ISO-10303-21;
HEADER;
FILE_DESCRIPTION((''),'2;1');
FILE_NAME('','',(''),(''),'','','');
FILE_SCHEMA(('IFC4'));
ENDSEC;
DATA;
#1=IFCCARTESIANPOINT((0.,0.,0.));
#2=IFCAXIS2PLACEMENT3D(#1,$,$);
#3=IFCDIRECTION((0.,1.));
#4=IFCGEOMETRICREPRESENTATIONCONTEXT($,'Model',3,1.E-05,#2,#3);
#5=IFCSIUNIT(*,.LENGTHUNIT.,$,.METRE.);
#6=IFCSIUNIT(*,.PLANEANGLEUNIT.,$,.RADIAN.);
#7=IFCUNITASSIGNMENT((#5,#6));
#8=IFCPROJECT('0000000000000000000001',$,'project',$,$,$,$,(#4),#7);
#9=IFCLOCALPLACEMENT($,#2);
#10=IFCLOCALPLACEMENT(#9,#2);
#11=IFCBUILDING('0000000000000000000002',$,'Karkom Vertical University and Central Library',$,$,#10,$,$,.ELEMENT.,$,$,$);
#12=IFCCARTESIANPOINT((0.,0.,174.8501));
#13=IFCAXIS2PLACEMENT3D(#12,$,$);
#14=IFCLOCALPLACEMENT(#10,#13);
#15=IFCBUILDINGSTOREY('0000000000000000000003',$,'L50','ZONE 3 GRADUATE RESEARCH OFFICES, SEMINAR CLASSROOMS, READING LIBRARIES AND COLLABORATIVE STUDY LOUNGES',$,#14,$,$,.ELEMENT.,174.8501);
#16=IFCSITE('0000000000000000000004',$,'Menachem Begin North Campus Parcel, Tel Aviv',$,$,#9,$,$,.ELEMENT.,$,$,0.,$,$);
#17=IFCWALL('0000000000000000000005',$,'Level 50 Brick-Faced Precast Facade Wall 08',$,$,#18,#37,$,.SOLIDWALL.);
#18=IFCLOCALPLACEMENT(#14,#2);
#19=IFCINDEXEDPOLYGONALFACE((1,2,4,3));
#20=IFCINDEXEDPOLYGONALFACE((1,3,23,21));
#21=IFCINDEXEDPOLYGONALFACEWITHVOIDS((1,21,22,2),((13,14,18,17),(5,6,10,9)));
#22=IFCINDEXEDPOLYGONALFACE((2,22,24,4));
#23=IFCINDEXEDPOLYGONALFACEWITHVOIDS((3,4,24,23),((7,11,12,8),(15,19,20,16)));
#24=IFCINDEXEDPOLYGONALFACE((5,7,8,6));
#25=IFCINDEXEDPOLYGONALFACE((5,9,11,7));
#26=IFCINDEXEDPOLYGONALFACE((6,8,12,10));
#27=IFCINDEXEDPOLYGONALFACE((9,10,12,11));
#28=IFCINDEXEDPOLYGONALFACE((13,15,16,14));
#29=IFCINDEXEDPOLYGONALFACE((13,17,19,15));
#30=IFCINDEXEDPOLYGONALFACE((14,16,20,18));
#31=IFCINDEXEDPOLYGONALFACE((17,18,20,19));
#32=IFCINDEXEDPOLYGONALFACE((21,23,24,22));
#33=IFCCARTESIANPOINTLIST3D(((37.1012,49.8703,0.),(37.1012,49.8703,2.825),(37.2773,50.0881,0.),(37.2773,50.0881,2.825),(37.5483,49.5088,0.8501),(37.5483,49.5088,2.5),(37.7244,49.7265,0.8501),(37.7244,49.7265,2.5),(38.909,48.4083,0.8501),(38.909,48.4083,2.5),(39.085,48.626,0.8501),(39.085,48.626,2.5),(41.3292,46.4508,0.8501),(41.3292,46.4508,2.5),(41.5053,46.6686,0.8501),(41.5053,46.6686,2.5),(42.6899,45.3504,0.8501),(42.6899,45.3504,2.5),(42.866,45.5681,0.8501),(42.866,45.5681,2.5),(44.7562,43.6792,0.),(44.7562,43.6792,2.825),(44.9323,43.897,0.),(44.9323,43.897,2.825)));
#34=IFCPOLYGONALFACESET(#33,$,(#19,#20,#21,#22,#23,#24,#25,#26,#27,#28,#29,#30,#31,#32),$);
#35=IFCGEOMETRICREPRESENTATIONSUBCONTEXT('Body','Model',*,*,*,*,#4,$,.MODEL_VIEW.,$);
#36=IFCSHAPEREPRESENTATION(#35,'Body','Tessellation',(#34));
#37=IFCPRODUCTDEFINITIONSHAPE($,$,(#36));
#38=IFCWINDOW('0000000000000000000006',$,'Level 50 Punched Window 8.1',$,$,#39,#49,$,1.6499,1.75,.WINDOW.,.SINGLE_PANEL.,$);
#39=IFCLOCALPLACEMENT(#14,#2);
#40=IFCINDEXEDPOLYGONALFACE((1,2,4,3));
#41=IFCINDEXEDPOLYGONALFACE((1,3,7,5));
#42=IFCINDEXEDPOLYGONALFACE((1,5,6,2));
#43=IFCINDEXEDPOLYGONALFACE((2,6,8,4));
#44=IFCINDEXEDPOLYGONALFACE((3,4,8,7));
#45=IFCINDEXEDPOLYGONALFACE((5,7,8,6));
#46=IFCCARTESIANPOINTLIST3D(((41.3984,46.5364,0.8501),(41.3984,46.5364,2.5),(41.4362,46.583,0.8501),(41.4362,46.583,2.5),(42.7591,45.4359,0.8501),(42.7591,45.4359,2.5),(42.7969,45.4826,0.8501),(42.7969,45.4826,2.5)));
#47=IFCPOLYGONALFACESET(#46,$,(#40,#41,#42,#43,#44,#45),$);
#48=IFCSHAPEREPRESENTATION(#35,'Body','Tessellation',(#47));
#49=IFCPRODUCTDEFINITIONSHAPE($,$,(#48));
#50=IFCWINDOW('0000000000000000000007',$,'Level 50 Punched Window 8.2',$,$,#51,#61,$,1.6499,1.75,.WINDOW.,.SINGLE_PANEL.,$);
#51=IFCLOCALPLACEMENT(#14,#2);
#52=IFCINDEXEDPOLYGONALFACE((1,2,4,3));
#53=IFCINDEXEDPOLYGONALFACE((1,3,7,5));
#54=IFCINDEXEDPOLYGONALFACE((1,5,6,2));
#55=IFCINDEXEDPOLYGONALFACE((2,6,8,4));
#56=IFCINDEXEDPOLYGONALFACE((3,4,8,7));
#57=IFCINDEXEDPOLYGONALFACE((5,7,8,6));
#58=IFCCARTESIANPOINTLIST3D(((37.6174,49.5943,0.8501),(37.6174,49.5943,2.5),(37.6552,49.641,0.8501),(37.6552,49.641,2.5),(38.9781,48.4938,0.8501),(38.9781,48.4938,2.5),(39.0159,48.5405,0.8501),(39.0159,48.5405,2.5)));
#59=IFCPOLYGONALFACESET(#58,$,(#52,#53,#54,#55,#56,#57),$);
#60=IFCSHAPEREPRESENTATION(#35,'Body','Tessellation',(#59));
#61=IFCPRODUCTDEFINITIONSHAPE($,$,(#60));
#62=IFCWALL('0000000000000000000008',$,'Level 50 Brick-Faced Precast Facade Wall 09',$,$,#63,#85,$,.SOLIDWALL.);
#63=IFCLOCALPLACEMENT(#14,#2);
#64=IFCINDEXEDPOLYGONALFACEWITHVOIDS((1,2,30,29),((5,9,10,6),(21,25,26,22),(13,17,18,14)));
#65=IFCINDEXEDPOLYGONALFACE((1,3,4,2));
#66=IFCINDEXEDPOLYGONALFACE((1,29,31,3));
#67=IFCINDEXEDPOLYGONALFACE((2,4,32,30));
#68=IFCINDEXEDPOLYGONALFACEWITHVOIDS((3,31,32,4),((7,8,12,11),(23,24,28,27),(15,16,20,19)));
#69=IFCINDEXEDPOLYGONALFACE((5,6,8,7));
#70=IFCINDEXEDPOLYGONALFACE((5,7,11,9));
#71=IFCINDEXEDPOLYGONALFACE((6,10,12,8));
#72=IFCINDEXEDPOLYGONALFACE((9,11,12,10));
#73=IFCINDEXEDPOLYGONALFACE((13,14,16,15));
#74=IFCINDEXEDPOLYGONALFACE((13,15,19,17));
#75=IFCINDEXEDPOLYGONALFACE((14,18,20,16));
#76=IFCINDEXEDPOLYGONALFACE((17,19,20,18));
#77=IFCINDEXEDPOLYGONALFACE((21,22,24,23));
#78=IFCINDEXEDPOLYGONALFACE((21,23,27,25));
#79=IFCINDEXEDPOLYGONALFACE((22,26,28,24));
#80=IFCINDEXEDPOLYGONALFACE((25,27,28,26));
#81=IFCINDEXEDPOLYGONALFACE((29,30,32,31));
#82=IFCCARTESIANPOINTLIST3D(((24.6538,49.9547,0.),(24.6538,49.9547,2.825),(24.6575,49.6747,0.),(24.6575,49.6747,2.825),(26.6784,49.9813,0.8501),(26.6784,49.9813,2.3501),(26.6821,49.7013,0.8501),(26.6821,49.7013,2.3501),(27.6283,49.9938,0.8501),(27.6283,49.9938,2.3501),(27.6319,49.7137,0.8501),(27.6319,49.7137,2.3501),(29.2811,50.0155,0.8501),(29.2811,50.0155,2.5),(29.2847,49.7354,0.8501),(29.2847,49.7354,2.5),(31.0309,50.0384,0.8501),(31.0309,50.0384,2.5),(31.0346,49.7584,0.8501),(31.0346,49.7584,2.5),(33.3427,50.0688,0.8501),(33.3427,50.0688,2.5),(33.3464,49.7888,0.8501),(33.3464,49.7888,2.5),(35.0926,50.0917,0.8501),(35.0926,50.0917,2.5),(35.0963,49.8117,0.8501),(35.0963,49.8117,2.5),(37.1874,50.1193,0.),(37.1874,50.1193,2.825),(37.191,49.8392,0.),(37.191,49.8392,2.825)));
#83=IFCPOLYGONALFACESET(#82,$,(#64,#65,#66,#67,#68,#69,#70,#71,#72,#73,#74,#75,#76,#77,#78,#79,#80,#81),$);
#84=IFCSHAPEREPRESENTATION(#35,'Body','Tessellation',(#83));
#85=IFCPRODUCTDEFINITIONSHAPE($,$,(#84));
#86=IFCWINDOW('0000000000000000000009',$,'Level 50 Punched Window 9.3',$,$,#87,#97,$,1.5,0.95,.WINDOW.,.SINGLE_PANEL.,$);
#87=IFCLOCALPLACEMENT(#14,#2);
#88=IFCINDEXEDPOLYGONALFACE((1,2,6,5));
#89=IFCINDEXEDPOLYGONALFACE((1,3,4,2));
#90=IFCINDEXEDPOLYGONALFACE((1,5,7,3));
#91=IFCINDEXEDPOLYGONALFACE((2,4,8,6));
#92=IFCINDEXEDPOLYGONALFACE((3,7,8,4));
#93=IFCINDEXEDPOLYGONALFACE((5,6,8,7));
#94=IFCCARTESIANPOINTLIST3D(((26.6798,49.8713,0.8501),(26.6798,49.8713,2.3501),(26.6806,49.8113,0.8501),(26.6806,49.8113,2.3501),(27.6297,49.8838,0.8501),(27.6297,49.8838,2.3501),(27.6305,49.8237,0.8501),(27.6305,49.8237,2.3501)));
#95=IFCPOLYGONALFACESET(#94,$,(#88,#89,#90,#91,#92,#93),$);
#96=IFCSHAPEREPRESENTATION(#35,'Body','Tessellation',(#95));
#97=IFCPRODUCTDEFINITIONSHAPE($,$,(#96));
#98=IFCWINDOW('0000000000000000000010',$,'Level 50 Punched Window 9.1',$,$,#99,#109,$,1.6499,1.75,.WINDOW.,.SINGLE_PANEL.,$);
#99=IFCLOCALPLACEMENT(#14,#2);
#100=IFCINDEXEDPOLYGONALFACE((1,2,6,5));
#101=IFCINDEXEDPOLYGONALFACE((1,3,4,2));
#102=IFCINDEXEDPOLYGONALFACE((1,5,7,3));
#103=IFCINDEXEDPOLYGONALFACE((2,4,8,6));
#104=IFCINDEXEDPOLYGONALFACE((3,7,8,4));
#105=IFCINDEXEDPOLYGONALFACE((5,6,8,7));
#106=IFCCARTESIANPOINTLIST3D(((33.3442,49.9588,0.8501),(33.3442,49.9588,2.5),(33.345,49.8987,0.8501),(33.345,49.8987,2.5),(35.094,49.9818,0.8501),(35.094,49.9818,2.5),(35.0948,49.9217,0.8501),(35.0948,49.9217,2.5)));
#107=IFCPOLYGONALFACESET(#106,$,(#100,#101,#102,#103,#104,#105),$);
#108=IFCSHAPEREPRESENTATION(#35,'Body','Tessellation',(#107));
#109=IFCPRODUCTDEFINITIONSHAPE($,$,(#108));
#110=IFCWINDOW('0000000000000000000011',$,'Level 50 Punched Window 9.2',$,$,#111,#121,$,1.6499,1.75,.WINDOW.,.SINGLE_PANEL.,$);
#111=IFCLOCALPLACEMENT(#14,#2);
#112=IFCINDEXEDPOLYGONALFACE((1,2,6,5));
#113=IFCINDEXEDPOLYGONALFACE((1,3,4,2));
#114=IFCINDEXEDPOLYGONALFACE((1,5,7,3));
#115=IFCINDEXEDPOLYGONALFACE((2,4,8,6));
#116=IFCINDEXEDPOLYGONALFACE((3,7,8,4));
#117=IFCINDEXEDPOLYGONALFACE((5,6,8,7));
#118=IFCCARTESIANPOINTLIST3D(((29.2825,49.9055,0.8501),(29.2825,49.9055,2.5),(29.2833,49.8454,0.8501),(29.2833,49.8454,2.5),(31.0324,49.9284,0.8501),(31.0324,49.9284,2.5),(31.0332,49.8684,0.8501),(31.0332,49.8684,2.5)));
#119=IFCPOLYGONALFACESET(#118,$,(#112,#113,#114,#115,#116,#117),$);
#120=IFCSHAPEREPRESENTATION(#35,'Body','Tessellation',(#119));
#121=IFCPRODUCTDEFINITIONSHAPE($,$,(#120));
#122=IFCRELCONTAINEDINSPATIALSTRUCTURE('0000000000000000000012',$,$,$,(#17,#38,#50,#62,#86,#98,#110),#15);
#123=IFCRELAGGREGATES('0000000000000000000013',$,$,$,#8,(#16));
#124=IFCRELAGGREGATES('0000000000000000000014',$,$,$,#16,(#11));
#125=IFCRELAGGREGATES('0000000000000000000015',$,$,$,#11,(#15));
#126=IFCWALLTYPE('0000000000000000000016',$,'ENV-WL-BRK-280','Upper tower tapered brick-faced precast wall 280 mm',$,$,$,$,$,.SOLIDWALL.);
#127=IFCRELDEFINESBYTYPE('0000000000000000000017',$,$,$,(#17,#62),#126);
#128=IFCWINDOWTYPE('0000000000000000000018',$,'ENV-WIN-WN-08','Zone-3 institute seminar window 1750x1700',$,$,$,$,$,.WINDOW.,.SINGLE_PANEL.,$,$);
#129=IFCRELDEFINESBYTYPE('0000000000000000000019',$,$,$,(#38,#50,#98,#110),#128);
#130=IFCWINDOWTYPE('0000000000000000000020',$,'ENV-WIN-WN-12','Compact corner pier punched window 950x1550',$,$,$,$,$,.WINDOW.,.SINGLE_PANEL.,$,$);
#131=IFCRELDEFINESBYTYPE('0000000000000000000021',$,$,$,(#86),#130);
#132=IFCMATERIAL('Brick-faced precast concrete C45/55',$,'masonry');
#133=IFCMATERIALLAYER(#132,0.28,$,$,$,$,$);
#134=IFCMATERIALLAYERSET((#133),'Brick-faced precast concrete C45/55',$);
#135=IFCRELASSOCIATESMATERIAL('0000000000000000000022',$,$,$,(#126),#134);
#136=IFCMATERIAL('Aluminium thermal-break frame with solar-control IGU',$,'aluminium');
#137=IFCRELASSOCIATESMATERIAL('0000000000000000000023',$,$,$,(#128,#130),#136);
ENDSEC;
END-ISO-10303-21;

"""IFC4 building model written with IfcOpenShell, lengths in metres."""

from ifc_helpers import new_model, si_unit, direction, frame, frame_2d, origin, origin_with_axes, place, context, subcontext, project, spatial, rectangle, extrude, source, transform, mapped, material, layer, layer_set, type_object, element, fill, save


model = new_model("IFC4")

# Units and contexts
model_context = context("Model", 3, precision=1e-05, world=origin(), true_north=direction((0.0, 1.0)))
body_context = subcontext(model_context, "Body", "Model", "MODEL_VIEW")
ifc_project = project(units=[si_unit("LENGTHUNIT", "METRE"), si_unit("PLANEANGLEUNIT", "RADIAN")], contexts=[model_context])

# Site, building, storey
site_placement = place(None, origin())
site = spatial("IfcSite", under=ifc_project, at=site_placement, Name="Menachem Begin North Campus Parcel, Tel Aviv", CompositionType="ELEMENT", RefElevation=0.0)
building_placement = place(site_placement, origin())
building = spatial("IfcBuilding", under=site, at=building_placement, Name="Karkom Vertical University and Central Library", CompositionType="ELEMENT")
storey_placement = place(building_placement, frame((0.0, 0.0, 174.8501)))
storey = spatial("IfcBuildingStorey", under=building, at=storey_placement, Name="L50", Description="ZONE 3 GRADUATE RESEARCH OFFICES, SEMINAR CLASSROOMS, READING LIBRARIES AND COLLABORATIVE STUDY LOUNGES", CompositionType="ELEMENT", Elevation=174.8501)

# Walls, openings, windows
ifc_material_1 = material(Name="Brick-faced precast concrete C45/55", Category="masonry")
ifc_layer_1 = layer(ifc_material_1, 0.28)
ifc_layer_set_1 = layer_set([ifc_layer_1], Name="Brick-faced precast concrete C45/55")
wall_type_1 = type_object("IfcWallType", Name="ENV-WL-BRK-280", Description="Upper tower tapered brick-faced precast wall 280 mm", PredefinedType="SOLIDWALL", material=ifc_layer_set_1)
wall_1_placement = place(storey_placement, frame((44.8442, 43.7881, 0.0), z_axis=(0.0, 0.0, 1.0), x_axis=(-0.777531, 0.628844, 0.0)))
wall_1 = element("IfcWall", 1, at=wall_1_placement, inside=storey, type_object=wall_type_1, Name="Level 50 Brick-Faced Precast Facade Wall 08", PredefinedType="SOLIDWALL", context=body_context, shape_type="SweptSolid", body=[
    extrude(rectangle(XDim=9.8452, YDim=0.28, at=frame_2d((4.9226, 0.0))), origin(), (0.0, 0.0, 1.0), 2.825),
])
opening_1_placement = place(wall_1_placement, frame((2.6575, 0.0, 0.8501)))
opening_1 = element("IfcOpeningElement", 2, at=opening_1_placement, cuts=wall_1, PredefinedType="OPENING", context=body_context, shape_type="SweptSolid", body=[
    extrude(rectangle(XDim=1.75, YDim=1.6499, at=frame_2d((0.875, 0.825))), frame((0.0, 0.1499, 0.0), z_axis=(0.0, -1.0, 0.0), x_axis=(1.0, 0.0, 0.0)), (0.0, 0.0, 1.0), 0.3),
])
opening_2_placement = place(wall_1_placement, frame((7.5203, 0.0, 0.8501)))
opening_2 = element("IfcOpeningElement", 3, at=opening_2_placement, cuts=wall_1, PredefinedType="OPENING", context=body_context, shape_type="SweptSolid", body=[
    extrude(rectangle(XDim=1.75, YDim=1.6499, at=frame_2d((0.875, 0.825))), frame((0.0, 0.1499, 0.0), z_axis=(0.0, -1.0, 0.0), x_axis=(1.0, 0.0, 0.0)), (0.0, 0.0, 1.0), 0.3),
])
ifc_material_2 = material(Name="Aluminium thermal-break frame with solar-control IGU", Category="aluminium")
window_type_1 = type_object("IfcWindowType", Name="ENV-WIN-WN-08", Description="Zone-3 institute seminar window 1750x1700", PartitioningType="SINGLE_PANEL", PredefinedType="WINDOW", material=ifc_material_2)
shared_shape_1 = source(origin_with_axes(), body_context, "Body", "SweptSolid", [
    extrude(rectangle(XDim=1.75, YDim=1.6499, at=frame_2d((0.875, 0.825))), frame((0.0, 0.03, 0.0), z_axis=(0.0, -1.0, 0.0), x_axis=(1.0, 0.0, 0.0)), (0.0, 0.0, 1.0), 0.0601),
])
window_1_placement = place(opening_1_placement, origin())
window_1 = element("IfcWindow", 4, at=window_1_placement, inside=storey, type_object=window_type_1, Name="Level 50 Punched Window 8.1", OverallHeight=1.6499, OverallWidth=1.75, PartitioningType="SINGLE_PANEL", PredefinedType="WINDOW", context=body_context, shape_type="MappedRepresentation", body=[
    mapped(shared_shape_1, transform((0.0, 0.0, 0.0), scale=1.0)),
])
fill(opening_1, window_1)
window_2_placement = place(opening_2_placement, origin())
window_2 = element("IfcWindow", 5, at=window_2_placement, inside=storey, type_object=window_type_1, Name="Level 50 Punched Window 8.2", OverallHeight=1.6499, OverallWidth=1.75, PartitioningType="SINGLE_PANEL", PredefinedType="WINDOW", context=body_context, shape_type="MappedRepresentation", body=[
    mapped(shared_shape_1, transform((0.0, 0.0, 0.0), scale=1.0)),
])
fill(opening_2, window_2)
wall_2_placement = place(storey_placement, frame((37.1892, 49.9792, 0.0), z_axis=(0.0, 0.0, 1.0), x_axis=(-0.999914, -0.013128, 0.0)))
wall_2 = element("IfcWall", 6, at=wall_2_placement, inside=storey, type_object=wall_type_1, Name="Level 50 Brick-Faced Precast Facade Wall 09", PredefinedType="SOLIDWALL", context=body_context, shape_type="SweptSolid", body=[
    extrude(rectangle(XDim=12.5347, YDim=0.28, at=frame_2d((6.2673, 0.0))), origin(), (0.0, 0.0, 1.0), 2.825),
])
opening_3_placement = place(wall_2_placement, frame((2.095, 0.0, 0.8501)))
opening_3 = element("IfcOpeningElement", 7, at=opening_3_placement, cuts=wall_2, PredefinedType="OPENING", context=body_context, shape_type="SweptSolid", body=[
    extrude(rectangle(XDim=1.75, YDim=1.6499, at=frame_2d((0.875, 0.825))), frame((0.0, 0.1499, 0.0), z_axis=(0.0, -1.0, 0.0), x_axis=(1.0, 0.0, 0.0)), (0.0, 0.0, 1.0), 0.3),
])
opening_4_placement = place(wall_2_placement, frame((6.157, 0.0, 0.8501)))
opening_4 = element("IfcOpeningElement", 8, at=opening_4_placement, cuts=wall_2, PredefinedType="OPENING", context=body_context, shape_type="SweptSolid", body=[
    extrude(rectangle(XDim=1.75, YDim=1.6499, at=frame_2d((0.875, 0.825))), frame((0.0, 0.1499, 0.0), z_axis=(0.0, -1.0, 0.0), x_axis=(1.0, 0.0, 0.0)), (0.0, 0.0, 1.0), 0.3),
])
opening_5_placement = place(wall_2_placement, frame((9.5598, 0.0, 0.8501)))
opening_5 = element("IfcOpeningElement", 9, at=opening_5_placement, cuts=wall_2, PredefinedType="OPENING", context=body_context, shape_type="SweptSolid", body=[
    extrude(rectangle(XDim=0.95, YDim=1.5, at=frame_2d((0.4751, 0.75))), frame((0.0, 0.1499, 0.0), z_axis=(0.0, -1.0, 0.0), x_axis=(1.0, 0.0, 0.0)), (0.0, 0.0, 1.0), 0.3),
])
window_type_2 = type_object("IfcWindowType", Name="ENV-WIN-WN-12", Description="Compact corner pier punched window 950x1550", PartitioningType="SINGLE_PANEL", PredefinedType="WINDOW", material=ifc_material_2)
shared_shape_2 = source(origin_with_axes(), body_context, "Body", "SweptSolid", [
    extrude(rectangle(XDim=0.95, YDim=1.5, at=frame_2d((0.4751, 0.75))), frame((0.0, 0.03, 0.0), z_axis=(0.0, -1.0, 0.0), x_axis=(1.0, 0.0, 0.0)), (0.0, 0.0, 1.0), 0.0601),
])
window_3_placement = place(opening_5_placement, origin())
window_3 = element("IfcWindow", 10, at=window_3_placement, inside=storey, type_object=window_type_2, Name="Level 50 Punched Window 9.3", OverallHeight=1.5, OverallWidth=0.95, PartitioningType="SINGLE_PANEL", PredefinedType="WINDOW", context=body_context, shape_type="MappedRepresentation", body=[
    mapped(shared_shape_2, transform((0.0, 0.0, 0.0), scale=1.0)),
])
fill(opening_5, window_3)
window_4_placement = place(opening_3_placement, origin())
window_4 = element("IfcWindow", 11, at=window_4_placement, inside=storey, type_object=window_type_1, Name="Level 50 Punched Window 9.1", OverallHeight=1.6499, OverallWidth=1.75, PartitioningType="SINGLE_PANEL", PredefinedType="WINDOW", context=body_context, shape_type="MappedRepresentation", body=[
    mapped(shared_shape_1, transform((0.0, 0.0, 0.0), scale=1.0)),
])
fill(opening_3, window_4)
window_5_placement = place(opening_4_placement, origin())
window_5 = element("IfcWindow", 12, at=window_5_placement, inside=storey, type_object=window_type_1, Name="Level 50 Punched Window 9.2", OverallHeight=1.6499, OverallWidth=1.75, PartitioningType="SINGLE_PANEL", PredefinedType="WINDOW", context=body_context, shape_type="MappedRepresentation", body=[
    mapped(shared_shape_1, transform((0.0, 0.0, 0.0), scale=1.0)),
])
fill(opening_4, window_5)

save(model, "model.ifc")
